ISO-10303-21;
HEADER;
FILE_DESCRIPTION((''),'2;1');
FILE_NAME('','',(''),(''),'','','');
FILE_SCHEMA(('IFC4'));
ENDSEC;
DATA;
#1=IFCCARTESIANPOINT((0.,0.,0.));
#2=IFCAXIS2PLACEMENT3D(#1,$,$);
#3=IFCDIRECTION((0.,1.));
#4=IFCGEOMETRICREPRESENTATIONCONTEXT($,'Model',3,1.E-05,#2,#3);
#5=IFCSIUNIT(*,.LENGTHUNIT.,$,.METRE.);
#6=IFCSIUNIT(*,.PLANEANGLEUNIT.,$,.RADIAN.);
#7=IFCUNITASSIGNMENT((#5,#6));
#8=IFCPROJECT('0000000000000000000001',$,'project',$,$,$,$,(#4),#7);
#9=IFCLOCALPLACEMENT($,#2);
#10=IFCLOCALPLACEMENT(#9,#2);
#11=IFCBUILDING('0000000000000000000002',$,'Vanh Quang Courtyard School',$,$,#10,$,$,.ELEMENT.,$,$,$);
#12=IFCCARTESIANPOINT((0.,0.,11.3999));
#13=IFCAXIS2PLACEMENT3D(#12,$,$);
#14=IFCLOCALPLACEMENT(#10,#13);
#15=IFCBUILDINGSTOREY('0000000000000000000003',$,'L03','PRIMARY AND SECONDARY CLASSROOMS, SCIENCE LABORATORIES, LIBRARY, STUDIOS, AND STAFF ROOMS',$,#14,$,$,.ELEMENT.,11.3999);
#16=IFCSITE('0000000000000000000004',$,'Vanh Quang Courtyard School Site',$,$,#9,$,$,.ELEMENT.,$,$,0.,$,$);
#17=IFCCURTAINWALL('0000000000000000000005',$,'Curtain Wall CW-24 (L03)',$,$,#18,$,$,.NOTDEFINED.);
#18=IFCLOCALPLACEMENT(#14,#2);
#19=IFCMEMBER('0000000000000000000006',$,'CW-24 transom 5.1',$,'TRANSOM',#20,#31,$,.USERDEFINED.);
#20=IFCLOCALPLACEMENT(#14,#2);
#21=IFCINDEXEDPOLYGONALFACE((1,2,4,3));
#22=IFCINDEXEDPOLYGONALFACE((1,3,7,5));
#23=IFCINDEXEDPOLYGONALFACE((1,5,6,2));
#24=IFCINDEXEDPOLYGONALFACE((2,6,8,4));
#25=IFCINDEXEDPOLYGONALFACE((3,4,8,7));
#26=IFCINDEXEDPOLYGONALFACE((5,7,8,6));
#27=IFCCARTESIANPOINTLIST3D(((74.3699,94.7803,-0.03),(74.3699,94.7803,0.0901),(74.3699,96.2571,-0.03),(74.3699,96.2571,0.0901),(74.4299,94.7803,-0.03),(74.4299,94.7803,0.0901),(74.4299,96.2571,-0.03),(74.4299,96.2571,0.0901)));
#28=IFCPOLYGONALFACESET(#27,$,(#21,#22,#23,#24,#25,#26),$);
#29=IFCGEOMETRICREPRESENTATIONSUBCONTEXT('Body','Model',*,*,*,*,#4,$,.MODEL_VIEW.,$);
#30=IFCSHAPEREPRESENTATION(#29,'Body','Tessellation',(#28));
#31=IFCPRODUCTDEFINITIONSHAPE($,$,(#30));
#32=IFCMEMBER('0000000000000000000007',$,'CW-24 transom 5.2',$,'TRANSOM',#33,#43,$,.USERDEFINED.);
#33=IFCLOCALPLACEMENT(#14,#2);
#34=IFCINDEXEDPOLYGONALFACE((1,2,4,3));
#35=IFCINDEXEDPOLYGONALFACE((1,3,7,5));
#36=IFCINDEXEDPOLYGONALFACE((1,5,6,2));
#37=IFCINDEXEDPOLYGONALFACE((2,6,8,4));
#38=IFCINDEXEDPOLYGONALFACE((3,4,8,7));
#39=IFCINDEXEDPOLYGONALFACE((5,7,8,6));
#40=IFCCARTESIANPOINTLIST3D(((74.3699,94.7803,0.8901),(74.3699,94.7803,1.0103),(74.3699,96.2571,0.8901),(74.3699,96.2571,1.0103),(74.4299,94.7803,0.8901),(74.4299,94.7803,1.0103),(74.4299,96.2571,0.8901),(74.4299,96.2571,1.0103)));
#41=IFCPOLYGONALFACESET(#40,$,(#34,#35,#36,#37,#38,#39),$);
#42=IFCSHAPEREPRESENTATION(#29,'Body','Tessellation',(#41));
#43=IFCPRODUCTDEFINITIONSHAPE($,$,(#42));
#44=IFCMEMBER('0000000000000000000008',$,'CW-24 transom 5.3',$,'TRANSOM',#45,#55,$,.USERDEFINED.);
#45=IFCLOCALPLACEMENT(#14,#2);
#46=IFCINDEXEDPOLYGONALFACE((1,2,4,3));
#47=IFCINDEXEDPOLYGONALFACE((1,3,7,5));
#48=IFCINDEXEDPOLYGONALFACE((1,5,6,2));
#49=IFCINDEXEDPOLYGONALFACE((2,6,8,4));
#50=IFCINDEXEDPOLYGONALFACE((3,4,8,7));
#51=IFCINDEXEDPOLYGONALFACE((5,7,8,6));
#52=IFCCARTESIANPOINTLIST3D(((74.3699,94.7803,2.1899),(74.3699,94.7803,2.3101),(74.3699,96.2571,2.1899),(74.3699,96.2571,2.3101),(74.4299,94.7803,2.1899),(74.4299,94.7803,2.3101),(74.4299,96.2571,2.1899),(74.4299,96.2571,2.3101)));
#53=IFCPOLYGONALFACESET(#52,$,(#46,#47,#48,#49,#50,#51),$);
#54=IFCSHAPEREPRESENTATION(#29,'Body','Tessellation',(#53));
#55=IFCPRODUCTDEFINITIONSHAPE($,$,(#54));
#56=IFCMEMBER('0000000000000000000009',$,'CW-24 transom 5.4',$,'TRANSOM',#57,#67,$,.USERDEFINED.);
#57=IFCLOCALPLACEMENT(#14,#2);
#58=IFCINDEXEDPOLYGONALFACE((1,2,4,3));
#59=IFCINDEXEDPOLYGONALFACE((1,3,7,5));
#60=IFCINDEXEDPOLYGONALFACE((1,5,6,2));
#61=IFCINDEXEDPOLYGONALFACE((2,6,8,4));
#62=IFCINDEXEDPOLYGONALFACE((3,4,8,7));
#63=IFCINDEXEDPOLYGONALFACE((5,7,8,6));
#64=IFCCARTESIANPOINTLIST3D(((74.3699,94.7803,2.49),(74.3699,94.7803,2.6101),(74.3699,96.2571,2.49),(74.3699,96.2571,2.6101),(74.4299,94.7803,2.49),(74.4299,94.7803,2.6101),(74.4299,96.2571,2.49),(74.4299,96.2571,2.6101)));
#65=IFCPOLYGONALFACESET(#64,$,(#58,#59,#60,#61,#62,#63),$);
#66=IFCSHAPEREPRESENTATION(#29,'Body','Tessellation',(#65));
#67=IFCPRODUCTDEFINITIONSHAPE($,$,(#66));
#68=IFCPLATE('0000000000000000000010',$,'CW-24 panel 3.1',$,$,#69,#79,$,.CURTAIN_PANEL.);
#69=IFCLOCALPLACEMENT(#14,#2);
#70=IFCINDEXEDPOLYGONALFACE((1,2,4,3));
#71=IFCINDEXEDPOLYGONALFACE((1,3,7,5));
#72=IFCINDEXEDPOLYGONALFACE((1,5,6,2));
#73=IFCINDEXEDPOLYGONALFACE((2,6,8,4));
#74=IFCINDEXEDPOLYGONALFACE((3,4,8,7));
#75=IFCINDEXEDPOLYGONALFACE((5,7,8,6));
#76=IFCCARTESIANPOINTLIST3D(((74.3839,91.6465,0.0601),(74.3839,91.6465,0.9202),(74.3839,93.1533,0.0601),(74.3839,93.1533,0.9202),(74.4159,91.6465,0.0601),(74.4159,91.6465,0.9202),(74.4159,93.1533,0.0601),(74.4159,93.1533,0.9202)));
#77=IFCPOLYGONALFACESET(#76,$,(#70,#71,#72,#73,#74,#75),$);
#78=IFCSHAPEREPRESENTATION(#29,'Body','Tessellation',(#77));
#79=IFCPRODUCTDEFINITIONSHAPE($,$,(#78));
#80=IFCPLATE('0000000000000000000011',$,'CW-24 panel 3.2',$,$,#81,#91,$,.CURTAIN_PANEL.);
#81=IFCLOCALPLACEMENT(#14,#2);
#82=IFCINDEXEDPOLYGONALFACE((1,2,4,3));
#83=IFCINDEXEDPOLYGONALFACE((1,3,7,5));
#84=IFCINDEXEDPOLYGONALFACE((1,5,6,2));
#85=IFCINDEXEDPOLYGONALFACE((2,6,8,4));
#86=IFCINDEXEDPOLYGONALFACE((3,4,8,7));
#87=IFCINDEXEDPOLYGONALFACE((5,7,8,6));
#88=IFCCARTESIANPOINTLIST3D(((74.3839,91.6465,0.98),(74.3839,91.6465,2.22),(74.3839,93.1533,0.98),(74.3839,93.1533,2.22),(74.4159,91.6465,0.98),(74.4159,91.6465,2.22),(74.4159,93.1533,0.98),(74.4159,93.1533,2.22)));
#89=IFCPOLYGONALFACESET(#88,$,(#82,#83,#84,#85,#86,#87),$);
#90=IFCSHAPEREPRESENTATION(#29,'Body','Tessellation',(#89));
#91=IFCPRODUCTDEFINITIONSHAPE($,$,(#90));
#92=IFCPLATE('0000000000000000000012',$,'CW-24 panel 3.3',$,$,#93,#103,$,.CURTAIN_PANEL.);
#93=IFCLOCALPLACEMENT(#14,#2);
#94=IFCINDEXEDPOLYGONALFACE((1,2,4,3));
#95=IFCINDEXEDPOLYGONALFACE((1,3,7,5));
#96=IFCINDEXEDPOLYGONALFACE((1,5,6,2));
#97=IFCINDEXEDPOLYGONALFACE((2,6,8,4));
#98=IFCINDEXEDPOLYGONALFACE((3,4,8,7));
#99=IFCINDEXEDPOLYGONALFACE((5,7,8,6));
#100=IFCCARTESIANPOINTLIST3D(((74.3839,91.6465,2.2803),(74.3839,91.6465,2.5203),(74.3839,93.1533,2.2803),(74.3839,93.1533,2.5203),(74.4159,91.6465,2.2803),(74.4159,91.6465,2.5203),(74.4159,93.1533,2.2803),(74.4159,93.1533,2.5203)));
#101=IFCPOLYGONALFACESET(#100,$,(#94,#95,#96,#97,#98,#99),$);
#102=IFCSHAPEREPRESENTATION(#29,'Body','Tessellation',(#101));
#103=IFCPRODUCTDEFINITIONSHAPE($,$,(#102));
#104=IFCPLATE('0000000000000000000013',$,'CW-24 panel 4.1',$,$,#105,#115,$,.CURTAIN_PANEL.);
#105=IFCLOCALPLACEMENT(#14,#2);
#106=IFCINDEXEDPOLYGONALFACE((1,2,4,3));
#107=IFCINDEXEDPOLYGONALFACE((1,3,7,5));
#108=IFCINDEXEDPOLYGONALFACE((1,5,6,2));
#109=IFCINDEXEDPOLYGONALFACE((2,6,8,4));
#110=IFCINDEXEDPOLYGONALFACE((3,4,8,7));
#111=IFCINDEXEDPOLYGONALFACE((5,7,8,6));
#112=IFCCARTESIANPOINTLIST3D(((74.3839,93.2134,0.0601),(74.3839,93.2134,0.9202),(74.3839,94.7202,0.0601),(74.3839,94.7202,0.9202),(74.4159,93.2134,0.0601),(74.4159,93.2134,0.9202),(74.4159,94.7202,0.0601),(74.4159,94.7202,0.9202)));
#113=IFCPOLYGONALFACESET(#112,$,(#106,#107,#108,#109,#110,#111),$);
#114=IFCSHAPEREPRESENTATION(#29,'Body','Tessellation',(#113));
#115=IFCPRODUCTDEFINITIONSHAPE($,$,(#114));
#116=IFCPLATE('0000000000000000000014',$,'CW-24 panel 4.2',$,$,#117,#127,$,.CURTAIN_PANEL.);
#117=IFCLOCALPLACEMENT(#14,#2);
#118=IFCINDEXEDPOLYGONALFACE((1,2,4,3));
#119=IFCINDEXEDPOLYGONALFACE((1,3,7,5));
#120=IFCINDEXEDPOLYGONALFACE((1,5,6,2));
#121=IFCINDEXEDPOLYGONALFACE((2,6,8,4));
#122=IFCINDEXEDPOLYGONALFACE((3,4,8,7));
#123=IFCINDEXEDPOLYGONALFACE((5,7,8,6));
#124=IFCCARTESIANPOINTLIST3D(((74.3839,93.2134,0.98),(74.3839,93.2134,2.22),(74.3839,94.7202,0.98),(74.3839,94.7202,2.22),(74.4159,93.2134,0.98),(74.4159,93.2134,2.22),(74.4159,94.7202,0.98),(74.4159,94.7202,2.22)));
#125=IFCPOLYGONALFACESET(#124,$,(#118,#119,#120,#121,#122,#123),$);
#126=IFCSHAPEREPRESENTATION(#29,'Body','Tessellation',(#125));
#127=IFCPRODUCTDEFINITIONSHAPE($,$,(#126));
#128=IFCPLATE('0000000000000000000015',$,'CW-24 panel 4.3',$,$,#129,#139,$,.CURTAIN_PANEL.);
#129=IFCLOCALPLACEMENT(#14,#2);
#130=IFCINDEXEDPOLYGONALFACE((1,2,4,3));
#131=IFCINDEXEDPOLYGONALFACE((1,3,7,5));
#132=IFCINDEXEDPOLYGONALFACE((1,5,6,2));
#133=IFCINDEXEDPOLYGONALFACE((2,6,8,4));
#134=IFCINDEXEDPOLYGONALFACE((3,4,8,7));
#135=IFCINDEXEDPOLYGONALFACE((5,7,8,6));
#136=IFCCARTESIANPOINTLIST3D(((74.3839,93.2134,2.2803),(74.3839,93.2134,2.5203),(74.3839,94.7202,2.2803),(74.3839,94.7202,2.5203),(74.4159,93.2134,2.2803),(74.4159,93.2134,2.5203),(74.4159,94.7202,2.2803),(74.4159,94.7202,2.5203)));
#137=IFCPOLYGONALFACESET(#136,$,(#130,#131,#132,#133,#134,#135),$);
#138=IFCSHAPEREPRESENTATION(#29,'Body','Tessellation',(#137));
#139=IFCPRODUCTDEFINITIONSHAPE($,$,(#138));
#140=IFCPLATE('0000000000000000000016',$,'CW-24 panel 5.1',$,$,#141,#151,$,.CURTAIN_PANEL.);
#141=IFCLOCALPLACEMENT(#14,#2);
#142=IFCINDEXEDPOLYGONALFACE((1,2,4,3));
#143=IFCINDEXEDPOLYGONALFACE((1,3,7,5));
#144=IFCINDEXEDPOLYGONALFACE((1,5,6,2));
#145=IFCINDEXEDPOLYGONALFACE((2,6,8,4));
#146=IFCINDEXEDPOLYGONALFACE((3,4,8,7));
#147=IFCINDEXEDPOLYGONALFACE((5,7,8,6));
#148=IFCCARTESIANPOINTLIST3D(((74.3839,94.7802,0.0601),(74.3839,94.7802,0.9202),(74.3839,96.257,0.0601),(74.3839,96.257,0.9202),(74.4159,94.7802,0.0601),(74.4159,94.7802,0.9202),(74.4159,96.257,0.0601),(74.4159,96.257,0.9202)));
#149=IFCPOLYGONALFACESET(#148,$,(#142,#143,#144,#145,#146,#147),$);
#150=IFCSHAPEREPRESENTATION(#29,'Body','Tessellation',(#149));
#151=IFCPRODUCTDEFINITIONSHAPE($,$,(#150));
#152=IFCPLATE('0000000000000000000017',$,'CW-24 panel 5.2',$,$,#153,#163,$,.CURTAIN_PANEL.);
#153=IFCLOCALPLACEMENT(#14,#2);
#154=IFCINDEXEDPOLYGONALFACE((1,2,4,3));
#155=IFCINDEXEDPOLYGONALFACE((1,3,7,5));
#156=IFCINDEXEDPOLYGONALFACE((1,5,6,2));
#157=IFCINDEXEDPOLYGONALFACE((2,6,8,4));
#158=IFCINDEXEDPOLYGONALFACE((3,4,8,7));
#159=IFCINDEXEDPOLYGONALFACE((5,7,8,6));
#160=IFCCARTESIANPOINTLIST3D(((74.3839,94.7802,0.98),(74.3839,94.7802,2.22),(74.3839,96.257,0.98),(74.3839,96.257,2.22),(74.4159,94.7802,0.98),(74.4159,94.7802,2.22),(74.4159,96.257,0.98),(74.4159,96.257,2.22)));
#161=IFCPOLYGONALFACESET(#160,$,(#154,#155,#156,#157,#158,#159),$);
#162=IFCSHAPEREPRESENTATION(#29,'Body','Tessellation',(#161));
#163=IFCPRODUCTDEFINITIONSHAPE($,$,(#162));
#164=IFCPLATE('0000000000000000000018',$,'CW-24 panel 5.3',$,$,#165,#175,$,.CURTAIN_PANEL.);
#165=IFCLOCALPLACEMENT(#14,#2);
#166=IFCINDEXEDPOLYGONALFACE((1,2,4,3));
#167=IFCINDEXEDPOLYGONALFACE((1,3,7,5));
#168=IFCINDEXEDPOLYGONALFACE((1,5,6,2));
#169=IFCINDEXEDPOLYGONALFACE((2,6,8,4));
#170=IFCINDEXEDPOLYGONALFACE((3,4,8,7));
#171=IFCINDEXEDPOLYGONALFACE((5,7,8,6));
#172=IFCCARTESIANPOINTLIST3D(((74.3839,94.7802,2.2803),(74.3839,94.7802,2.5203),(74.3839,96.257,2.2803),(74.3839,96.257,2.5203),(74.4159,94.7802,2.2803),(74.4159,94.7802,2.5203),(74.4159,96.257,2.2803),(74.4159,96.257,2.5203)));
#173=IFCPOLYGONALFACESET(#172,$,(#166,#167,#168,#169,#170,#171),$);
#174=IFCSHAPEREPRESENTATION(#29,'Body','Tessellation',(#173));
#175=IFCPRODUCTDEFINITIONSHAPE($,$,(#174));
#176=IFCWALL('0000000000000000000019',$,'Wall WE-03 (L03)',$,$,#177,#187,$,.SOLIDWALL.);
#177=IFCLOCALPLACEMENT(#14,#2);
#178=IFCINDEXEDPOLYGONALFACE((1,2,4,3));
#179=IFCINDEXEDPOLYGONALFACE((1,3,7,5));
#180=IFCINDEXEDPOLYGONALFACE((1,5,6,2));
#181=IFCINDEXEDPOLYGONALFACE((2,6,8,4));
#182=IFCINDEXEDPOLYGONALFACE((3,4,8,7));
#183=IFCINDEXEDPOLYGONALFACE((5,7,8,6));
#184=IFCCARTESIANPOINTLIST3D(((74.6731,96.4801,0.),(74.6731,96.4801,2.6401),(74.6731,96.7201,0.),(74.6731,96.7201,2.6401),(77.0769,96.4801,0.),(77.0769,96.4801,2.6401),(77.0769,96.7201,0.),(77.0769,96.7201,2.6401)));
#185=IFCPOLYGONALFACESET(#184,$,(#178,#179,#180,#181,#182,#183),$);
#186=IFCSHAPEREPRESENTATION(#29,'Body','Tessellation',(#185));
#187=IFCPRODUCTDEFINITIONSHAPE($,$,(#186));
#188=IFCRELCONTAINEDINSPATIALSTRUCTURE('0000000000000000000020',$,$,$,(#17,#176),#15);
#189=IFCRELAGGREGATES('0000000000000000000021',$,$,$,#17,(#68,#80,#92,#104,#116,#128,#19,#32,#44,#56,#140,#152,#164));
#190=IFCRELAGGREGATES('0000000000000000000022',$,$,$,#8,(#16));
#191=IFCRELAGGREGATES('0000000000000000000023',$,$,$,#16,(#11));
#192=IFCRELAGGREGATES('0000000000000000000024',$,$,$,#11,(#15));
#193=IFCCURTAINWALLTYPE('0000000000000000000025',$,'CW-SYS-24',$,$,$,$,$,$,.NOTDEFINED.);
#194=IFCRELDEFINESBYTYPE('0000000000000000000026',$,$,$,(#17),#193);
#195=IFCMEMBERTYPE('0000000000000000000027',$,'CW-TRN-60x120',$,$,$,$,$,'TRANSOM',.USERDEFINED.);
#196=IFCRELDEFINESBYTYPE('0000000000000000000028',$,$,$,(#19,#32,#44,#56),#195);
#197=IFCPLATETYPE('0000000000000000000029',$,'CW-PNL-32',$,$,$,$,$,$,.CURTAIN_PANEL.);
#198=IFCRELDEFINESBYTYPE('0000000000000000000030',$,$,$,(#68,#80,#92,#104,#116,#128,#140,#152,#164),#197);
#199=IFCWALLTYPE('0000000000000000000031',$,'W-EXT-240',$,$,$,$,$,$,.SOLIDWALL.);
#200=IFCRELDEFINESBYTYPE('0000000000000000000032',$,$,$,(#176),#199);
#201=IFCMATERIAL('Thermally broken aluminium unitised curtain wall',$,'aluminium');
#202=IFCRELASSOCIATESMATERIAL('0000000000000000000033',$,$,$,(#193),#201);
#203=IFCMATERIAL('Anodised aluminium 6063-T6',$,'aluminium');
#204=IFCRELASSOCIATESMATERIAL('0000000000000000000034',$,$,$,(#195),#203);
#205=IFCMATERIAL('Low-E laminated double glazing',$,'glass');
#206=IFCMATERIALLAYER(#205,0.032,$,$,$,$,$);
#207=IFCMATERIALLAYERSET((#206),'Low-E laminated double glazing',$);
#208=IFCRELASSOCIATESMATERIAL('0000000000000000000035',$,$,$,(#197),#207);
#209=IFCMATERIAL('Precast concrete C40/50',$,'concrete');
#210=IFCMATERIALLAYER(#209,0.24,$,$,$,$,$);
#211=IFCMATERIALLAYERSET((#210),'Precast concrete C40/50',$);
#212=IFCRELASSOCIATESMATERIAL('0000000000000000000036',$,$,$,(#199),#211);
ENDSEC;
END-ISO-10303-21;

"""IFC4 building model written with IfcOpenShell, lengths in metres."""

from ifc_helpers import new_model, si_unit, direction, frame, frame_2d, origin, origin_2d, place, context, subcontext, project, spatial, rectangle, extrude, material, layer, layer_set, material_profile, profile_set, type_object, element, aggregate, save


model = new_model("IFC4")

# Units and contexts
model_context = context("Model", 3, precision=1e-05, world=origin(), true_north=direction((0.0, 1.0)))
body_context = subcontext(model_context, "Body", "Model", "MODEL_VIEW")
ifc_project = project(units=[si_unit("LENGTHUNIT", "METRE"), si_unit("PLANEANGLEUNIT", "RADIAN")], contexts=[model_context])

# Site, building, storey
site_placement = place(None, origin())
site = spatial("IfcSite", under=ifc_project, at=site_placement, Name="Vanh Quang Courtyard School Site", CompositionType="ELEMENT", RefElevation=0.0)
building_placement = place(site_placement, origin())
building = spatial("IfcBuilding", under=site, at=building_placement, Name="Vanh Quang Courtyard School", CompositionType="ELEMENT")
storey_placement = place(building_placement, frame((0.0, 0.0, 11.3999)))
storey = spatial("IfcBuildingStorey", under=building, at=storey_placement, Name="L03", Description="PRIMARY AND SECONDARY CLASSROOMS, SCIENCE LABORATORIES, LIBRARY, STUDIOS, AND STAFF ROOMS", CompositionType="ELEMENT", Elevation=11.3999)

# Curtain wall, members, plates
ifc_material_1 = material(Name="Thermally broken aluminium unitised curtain wall", Category="aluminium")
curtain_wall_type = type_object("IfcCurtainWallType", Name="CW-SYS-24", PredefinedType="NOTDEFINED", material=ifc_material_1)
curtain_wall_placement = place(storey_placement, origin())
curtain_wall = element("IfcCurtainWall", 1, at=curtain_wall_placement, inside=storey, type_object=curtain_wall_type, Name="Curtain Wall CW-24 (L03)", PredefinedType="NOTDEFINED")
ifc_material_2 = material(Name="Anodised aluminium 6063-T6", Category="aluminium")
ifc_material_profile_1 = material_profile(ifc_material_2, rectangle(XDim=0.0601, YDim=0.1201, at=origin_2d()), Name="ALU-TRN 60x120")
ifc_profile_set_1 = profile_set([ifc_material_profile_1], Name="Anodised aluminium 6063-T6")
member_type_1 = type_object("IfcMemberType", Name="CW-TRN-60x120", ElementType="TRANSOM", PredefinedType="USERDEFINED", material=ifc_profile_set_1)
member_1_placement = place(storey_placement, frame((74.3999, 94.7803, 0.03), z_axis=(0.0, 1.0, 0.0), x_axis=(-1.0, 0.0, 0.0)))
member_1 = element("IfcMember", 2, at=member_1_placement, type_object=member_type_1, Name="CW-24 transom 5.1", ObjectType="TRANSOM", PredefinedType="USERDEFINED", context=body_context, shape_type="SweptSolid", body=[
    extrude(rectangle(XDim=0.0601, YDim=0.1201, at=origin_2d()), origin(), (0.0, 0.0, 1.0), 1.4768),
])
member_2_placement = place(storey_placement, frame((74.3999, 94.7803, 0.9502), z_axis=(0.0, 1.0, 0.0), x_axis=(-1.0, 0.0, 0.0)))
member_2 = element("IfcMember", 3, at=member_2_placement, type_object=member_type_1, Name="CW-24 transom 5.2", ObjectType="TRANSOM", PredefinedType="USERDEFINED", context=body_context, shape_type="SweptSolid", body=[
    extrude(rectangle(XDim=0.0601, YDim=0.1201, at=origin_2d()), origin(), (0.0, 0.0, 1.0), 1.4768),
])
member_3_placement = place(storey_placement, frame((74.3999, 94.7803, 2.25), z_axis=(0.0, 1.0, 0.0), x_axis=(-1.0, 0.0, 0.0)))
member_3 = element("IfcMember", 4, at=member_3_placement, type_object=member_type_1, Name="CW-24 transom 5.3", ObjectType="TRANSOM", PredefinedType="USERDEFINED", context=body_context, shape_type="SweptSolid", body=[
    extrude(rectangle(XDim=0.0601, YDim=0.1201, at=origin_2d()), origin(), (0.0, 0.0, 1.0), 1.4768),
])
member_4_placement = place(storey_placement, frame((74.3999, 94.7803, 2.55), z_axis=(0.0, 1.0, 0.0), x_axis=(-1.0, 0.0, 0.0)))
member_4 = element("IfcMember", 5, at=member_4_placement, type_object=member_type_1, Name="CW-24 transom 5.4", ObjectType="TRANSOM", PredefinedType="USERDEFINED", context=body_context, shape_type="SweptSolid", body=[
    extrude(rectangle(XDim=0.0601, YDim=0.1201, at=origin_2d()), origin(), (0.0, 0.0, 1.0), 1.4768),
])
ifc_material_3 = material(Name="Low-E laminated double glazing", Category="glass")
ifc_layer_1 = layer(ifc_material_3, 0.032)
ifc_layer_set_1 = layer_set([ifc_layer_1], Name="Low-E laminated double glazing")
plate_type = type_object("IfcPlateType", Name="CW-PNL-32", PredefinedType="CURTAIN_PANEL", material=ifc_layer_set_1)
plate_1_placement = place(storey_placement, frame((74.3999, 92.3999, 0.0601), z_axis=(0.0, 0.0, 1.0), x_axis=(0.0, 1.0, 0.0)))
plate_1 = element("IfcPlate", 6, at=plate_1_placement, type_object=plate_type, Name="CW-24 panel 3.1", PredefinedType="CURTAIN_PANEL", context=body_context, shape_type="SweptSolid", body=[
    extrude(rectangle(XDim=1.5068, YDim=0.032, at=origin_2d()), origin(), (0.0, 0.0, 1.0), 0.8601),
])
plate_2_placement = place(storey_placement, frame((74.3999, 92.3999, 0.98), z_axis=(0.0, 0.0, 1.0), x_axis=(0.0, 1.0, 0.0)))
plate_2 = element("IfcPlate", 7, at=plate_2_placement, type_object=plate_type, Name="CW-24 panel 3.2", PredefinedType="CURTAIN_PANEL", context=body_context, shape_type="SweptSolid", body=[
    extrude(rectangle(XDim=1.5068, YDim=0.032, at=origin_2d()), origin(), (0.0, 0.0, 1.0), 1.24),
])
plate_3_placement = place(storey_placement, frame((74.3999, 92.3999, 2.2803), z_axis=(0.0, 0.0, 1.0), x_axis=(0.0, 1.0, 0.0)))
plate_3 = element("IfcPlate", 8, at=plate_3_placement, type_object=plate_type, Name="CW-24 panel 3.3", PredefinedType="CURTAIN_PANEL", context=body_context, shape_type="SweptSolid", body=[
    extrude(rectangle(XDim=1.5068, YDim=0.032, at=origin_2d()), origin(), (0.0, 0.0, 1.0), 0.24),
])
plate_4_placement = place(storey_placement, frame((74.3999, 93.9668, 0.0601), z_axis=(0.0, 0.0, 1.0), x_axis=(0.0, 1.0, 0.0)))
plate_4 = element("IfcPlate", 9, at=plate_4_placement, type_object=plate_type, Name="CW-24 panel 4.1", PredefinedType="CURTAIN_PANEL", context=body_context, shape_type="SweptSolid", body=[
    extrude(rectangle(XDim=1.5068, YDim=0.032, at=origin_2d()), origin(), (0.0, 0.0, 1.0), 0.8601),
])
plate_5_placement = place(storey_placement, frame((74.3999, 93.9668, 0.98), z_axis=(0.0, 0.0, 1.0), x_axis=(0.0, 1.0, 0.0)))
plate_5 = element("IfcPlate", 10, at=plate_5_placement, type_object=plate_type, Name="CW-24 panel 4.2", PredefinedType="CURTAIN_PANEL", context=body_context, shape_type="SweptSolid", body=[
    extrude(rectangle(XDim=1.5068, YDim=0.032, at=origin_2d()), origin(), (0.0, 0.0, 1.0), 1.24),
])
plate_6_placement = place(storey_placement, frame((74.3999, 93.9668, 2.2803), z_axis=(0.0, 0.0, 1.0), x_axis=(0.0, 1.0, 0.0)))
plate_6 = element("IfcPlate", 11, at=plate_6_placement, type_object=plate_type, Name="CW-24 panel 4.3", PredefinedType="CURTAIN_PANEL", context=body_context, shape_type="SweptSolid", body=[
    extrude(rectangle(XDim=1.5068, YDim=0.032, at=origin_2d()), origin(), (0.0, 0.0, 1.0), 0.24),
])
plate_7_placement = place(storey_placement, frame((74.3999, 95.5186, 0.0601), z_axis=(0.0, 0.0, 1.0), x_axis=(0.0, 1.0, 0.0)))
plate_7 = element("IfcPlate", 12, at=plate_7_placement, type_object=plate_type, Name="CW-24 panel 5.1", PredefinedType="CURTAIN_PANEL", context=body_context, shape_type="SweptSolid", body=[
    extrude(rectangle(XDim=1.4768, YDim=0.032, at=origin_2d()), origin(), (0.0, 0.0, 1.0), 0.8601),
])
plate_8_placement = place(storey_placement, frame((74.3999, 95.5186, 0.98), z_axis=(0.0, 0.0, 1.0), x_axis=(0.0, 1.0, 0.0)))
plate_8 = element("IfcPlate", 13, at=plate_8_placement, type_object=plate_type, Name="CW-24 panel 5.2", PredefinedType="CURTAIN_PANEL", context=body_context, shape_type="SweptSolid", body=[
    extrude(rectangle(XDim=1.4768, YDim=0.032, at=origin_2d()), origin(), (0.0, 0.0, 1.0), 1.24),
])
plate_9_placement = place(storey_placement, frame((74.3999, 95.5186, 2.2803), z_axis=(0.0, 0.0, 1.0), x_axis=(0.0, 1.0, 0.0)))
plate_9 = element("IfcPlate", 14, at=plate_9_placement, type_object=plate_type, Name="CW-24 panel 5.3", PredefinedType="CURTAIN_PANEL", context=body_context, shape_type="SweptSolid", body=[
    extrude(rectangle(XDim=1.4768, YDim=0.032, at=origin_2d()), origin(), (0.0, 0.0, 1.0), 0.24),
])
aggregate(curtain_wall, [plate_1, plate_2, plate_3, plate_4, plate_5, plate_6, member_1, member_2, member_3, member_4, plate_7, plate_8, plate_9])

# Wall
ifc_material_4 = material(Name="Precast concrete C40/50", Category="concrete")
ifc_layer_2 = layer(ifc_material_4, 0.24)
ifc_layer_set_2 = layer_set([ifc_layer_2], Name="Precast concrete C40/50")
wall_type = type_object("IfcWallType", Name="W-EXT-240", PredefinedType="SOLIDWALL", material=ifc_layer_set_2)
wall_placement = place(storey_placement, frame((74.6731, 96.6001, 0.0), z_axis=(0.0, 0.0, 1.0), x_axis=(1.0, 0.0, 0.0)))
element("IfcWall", 15, at=wall_placement, inside=storey, type_object=wall_type, Name="Wall WE-03 (L03)", PredefinedType="SOLIDWALL", context=body_context, shape_type="SweptSolid", body=[
    extrude(rectangle(XDim=2.4038, YDim=0.24, at=frame_2d((1.2019, 0.0))), origin(), (0.0, 0.0, 1.0), 2.6401),
])

save(model, "model.ifc")
